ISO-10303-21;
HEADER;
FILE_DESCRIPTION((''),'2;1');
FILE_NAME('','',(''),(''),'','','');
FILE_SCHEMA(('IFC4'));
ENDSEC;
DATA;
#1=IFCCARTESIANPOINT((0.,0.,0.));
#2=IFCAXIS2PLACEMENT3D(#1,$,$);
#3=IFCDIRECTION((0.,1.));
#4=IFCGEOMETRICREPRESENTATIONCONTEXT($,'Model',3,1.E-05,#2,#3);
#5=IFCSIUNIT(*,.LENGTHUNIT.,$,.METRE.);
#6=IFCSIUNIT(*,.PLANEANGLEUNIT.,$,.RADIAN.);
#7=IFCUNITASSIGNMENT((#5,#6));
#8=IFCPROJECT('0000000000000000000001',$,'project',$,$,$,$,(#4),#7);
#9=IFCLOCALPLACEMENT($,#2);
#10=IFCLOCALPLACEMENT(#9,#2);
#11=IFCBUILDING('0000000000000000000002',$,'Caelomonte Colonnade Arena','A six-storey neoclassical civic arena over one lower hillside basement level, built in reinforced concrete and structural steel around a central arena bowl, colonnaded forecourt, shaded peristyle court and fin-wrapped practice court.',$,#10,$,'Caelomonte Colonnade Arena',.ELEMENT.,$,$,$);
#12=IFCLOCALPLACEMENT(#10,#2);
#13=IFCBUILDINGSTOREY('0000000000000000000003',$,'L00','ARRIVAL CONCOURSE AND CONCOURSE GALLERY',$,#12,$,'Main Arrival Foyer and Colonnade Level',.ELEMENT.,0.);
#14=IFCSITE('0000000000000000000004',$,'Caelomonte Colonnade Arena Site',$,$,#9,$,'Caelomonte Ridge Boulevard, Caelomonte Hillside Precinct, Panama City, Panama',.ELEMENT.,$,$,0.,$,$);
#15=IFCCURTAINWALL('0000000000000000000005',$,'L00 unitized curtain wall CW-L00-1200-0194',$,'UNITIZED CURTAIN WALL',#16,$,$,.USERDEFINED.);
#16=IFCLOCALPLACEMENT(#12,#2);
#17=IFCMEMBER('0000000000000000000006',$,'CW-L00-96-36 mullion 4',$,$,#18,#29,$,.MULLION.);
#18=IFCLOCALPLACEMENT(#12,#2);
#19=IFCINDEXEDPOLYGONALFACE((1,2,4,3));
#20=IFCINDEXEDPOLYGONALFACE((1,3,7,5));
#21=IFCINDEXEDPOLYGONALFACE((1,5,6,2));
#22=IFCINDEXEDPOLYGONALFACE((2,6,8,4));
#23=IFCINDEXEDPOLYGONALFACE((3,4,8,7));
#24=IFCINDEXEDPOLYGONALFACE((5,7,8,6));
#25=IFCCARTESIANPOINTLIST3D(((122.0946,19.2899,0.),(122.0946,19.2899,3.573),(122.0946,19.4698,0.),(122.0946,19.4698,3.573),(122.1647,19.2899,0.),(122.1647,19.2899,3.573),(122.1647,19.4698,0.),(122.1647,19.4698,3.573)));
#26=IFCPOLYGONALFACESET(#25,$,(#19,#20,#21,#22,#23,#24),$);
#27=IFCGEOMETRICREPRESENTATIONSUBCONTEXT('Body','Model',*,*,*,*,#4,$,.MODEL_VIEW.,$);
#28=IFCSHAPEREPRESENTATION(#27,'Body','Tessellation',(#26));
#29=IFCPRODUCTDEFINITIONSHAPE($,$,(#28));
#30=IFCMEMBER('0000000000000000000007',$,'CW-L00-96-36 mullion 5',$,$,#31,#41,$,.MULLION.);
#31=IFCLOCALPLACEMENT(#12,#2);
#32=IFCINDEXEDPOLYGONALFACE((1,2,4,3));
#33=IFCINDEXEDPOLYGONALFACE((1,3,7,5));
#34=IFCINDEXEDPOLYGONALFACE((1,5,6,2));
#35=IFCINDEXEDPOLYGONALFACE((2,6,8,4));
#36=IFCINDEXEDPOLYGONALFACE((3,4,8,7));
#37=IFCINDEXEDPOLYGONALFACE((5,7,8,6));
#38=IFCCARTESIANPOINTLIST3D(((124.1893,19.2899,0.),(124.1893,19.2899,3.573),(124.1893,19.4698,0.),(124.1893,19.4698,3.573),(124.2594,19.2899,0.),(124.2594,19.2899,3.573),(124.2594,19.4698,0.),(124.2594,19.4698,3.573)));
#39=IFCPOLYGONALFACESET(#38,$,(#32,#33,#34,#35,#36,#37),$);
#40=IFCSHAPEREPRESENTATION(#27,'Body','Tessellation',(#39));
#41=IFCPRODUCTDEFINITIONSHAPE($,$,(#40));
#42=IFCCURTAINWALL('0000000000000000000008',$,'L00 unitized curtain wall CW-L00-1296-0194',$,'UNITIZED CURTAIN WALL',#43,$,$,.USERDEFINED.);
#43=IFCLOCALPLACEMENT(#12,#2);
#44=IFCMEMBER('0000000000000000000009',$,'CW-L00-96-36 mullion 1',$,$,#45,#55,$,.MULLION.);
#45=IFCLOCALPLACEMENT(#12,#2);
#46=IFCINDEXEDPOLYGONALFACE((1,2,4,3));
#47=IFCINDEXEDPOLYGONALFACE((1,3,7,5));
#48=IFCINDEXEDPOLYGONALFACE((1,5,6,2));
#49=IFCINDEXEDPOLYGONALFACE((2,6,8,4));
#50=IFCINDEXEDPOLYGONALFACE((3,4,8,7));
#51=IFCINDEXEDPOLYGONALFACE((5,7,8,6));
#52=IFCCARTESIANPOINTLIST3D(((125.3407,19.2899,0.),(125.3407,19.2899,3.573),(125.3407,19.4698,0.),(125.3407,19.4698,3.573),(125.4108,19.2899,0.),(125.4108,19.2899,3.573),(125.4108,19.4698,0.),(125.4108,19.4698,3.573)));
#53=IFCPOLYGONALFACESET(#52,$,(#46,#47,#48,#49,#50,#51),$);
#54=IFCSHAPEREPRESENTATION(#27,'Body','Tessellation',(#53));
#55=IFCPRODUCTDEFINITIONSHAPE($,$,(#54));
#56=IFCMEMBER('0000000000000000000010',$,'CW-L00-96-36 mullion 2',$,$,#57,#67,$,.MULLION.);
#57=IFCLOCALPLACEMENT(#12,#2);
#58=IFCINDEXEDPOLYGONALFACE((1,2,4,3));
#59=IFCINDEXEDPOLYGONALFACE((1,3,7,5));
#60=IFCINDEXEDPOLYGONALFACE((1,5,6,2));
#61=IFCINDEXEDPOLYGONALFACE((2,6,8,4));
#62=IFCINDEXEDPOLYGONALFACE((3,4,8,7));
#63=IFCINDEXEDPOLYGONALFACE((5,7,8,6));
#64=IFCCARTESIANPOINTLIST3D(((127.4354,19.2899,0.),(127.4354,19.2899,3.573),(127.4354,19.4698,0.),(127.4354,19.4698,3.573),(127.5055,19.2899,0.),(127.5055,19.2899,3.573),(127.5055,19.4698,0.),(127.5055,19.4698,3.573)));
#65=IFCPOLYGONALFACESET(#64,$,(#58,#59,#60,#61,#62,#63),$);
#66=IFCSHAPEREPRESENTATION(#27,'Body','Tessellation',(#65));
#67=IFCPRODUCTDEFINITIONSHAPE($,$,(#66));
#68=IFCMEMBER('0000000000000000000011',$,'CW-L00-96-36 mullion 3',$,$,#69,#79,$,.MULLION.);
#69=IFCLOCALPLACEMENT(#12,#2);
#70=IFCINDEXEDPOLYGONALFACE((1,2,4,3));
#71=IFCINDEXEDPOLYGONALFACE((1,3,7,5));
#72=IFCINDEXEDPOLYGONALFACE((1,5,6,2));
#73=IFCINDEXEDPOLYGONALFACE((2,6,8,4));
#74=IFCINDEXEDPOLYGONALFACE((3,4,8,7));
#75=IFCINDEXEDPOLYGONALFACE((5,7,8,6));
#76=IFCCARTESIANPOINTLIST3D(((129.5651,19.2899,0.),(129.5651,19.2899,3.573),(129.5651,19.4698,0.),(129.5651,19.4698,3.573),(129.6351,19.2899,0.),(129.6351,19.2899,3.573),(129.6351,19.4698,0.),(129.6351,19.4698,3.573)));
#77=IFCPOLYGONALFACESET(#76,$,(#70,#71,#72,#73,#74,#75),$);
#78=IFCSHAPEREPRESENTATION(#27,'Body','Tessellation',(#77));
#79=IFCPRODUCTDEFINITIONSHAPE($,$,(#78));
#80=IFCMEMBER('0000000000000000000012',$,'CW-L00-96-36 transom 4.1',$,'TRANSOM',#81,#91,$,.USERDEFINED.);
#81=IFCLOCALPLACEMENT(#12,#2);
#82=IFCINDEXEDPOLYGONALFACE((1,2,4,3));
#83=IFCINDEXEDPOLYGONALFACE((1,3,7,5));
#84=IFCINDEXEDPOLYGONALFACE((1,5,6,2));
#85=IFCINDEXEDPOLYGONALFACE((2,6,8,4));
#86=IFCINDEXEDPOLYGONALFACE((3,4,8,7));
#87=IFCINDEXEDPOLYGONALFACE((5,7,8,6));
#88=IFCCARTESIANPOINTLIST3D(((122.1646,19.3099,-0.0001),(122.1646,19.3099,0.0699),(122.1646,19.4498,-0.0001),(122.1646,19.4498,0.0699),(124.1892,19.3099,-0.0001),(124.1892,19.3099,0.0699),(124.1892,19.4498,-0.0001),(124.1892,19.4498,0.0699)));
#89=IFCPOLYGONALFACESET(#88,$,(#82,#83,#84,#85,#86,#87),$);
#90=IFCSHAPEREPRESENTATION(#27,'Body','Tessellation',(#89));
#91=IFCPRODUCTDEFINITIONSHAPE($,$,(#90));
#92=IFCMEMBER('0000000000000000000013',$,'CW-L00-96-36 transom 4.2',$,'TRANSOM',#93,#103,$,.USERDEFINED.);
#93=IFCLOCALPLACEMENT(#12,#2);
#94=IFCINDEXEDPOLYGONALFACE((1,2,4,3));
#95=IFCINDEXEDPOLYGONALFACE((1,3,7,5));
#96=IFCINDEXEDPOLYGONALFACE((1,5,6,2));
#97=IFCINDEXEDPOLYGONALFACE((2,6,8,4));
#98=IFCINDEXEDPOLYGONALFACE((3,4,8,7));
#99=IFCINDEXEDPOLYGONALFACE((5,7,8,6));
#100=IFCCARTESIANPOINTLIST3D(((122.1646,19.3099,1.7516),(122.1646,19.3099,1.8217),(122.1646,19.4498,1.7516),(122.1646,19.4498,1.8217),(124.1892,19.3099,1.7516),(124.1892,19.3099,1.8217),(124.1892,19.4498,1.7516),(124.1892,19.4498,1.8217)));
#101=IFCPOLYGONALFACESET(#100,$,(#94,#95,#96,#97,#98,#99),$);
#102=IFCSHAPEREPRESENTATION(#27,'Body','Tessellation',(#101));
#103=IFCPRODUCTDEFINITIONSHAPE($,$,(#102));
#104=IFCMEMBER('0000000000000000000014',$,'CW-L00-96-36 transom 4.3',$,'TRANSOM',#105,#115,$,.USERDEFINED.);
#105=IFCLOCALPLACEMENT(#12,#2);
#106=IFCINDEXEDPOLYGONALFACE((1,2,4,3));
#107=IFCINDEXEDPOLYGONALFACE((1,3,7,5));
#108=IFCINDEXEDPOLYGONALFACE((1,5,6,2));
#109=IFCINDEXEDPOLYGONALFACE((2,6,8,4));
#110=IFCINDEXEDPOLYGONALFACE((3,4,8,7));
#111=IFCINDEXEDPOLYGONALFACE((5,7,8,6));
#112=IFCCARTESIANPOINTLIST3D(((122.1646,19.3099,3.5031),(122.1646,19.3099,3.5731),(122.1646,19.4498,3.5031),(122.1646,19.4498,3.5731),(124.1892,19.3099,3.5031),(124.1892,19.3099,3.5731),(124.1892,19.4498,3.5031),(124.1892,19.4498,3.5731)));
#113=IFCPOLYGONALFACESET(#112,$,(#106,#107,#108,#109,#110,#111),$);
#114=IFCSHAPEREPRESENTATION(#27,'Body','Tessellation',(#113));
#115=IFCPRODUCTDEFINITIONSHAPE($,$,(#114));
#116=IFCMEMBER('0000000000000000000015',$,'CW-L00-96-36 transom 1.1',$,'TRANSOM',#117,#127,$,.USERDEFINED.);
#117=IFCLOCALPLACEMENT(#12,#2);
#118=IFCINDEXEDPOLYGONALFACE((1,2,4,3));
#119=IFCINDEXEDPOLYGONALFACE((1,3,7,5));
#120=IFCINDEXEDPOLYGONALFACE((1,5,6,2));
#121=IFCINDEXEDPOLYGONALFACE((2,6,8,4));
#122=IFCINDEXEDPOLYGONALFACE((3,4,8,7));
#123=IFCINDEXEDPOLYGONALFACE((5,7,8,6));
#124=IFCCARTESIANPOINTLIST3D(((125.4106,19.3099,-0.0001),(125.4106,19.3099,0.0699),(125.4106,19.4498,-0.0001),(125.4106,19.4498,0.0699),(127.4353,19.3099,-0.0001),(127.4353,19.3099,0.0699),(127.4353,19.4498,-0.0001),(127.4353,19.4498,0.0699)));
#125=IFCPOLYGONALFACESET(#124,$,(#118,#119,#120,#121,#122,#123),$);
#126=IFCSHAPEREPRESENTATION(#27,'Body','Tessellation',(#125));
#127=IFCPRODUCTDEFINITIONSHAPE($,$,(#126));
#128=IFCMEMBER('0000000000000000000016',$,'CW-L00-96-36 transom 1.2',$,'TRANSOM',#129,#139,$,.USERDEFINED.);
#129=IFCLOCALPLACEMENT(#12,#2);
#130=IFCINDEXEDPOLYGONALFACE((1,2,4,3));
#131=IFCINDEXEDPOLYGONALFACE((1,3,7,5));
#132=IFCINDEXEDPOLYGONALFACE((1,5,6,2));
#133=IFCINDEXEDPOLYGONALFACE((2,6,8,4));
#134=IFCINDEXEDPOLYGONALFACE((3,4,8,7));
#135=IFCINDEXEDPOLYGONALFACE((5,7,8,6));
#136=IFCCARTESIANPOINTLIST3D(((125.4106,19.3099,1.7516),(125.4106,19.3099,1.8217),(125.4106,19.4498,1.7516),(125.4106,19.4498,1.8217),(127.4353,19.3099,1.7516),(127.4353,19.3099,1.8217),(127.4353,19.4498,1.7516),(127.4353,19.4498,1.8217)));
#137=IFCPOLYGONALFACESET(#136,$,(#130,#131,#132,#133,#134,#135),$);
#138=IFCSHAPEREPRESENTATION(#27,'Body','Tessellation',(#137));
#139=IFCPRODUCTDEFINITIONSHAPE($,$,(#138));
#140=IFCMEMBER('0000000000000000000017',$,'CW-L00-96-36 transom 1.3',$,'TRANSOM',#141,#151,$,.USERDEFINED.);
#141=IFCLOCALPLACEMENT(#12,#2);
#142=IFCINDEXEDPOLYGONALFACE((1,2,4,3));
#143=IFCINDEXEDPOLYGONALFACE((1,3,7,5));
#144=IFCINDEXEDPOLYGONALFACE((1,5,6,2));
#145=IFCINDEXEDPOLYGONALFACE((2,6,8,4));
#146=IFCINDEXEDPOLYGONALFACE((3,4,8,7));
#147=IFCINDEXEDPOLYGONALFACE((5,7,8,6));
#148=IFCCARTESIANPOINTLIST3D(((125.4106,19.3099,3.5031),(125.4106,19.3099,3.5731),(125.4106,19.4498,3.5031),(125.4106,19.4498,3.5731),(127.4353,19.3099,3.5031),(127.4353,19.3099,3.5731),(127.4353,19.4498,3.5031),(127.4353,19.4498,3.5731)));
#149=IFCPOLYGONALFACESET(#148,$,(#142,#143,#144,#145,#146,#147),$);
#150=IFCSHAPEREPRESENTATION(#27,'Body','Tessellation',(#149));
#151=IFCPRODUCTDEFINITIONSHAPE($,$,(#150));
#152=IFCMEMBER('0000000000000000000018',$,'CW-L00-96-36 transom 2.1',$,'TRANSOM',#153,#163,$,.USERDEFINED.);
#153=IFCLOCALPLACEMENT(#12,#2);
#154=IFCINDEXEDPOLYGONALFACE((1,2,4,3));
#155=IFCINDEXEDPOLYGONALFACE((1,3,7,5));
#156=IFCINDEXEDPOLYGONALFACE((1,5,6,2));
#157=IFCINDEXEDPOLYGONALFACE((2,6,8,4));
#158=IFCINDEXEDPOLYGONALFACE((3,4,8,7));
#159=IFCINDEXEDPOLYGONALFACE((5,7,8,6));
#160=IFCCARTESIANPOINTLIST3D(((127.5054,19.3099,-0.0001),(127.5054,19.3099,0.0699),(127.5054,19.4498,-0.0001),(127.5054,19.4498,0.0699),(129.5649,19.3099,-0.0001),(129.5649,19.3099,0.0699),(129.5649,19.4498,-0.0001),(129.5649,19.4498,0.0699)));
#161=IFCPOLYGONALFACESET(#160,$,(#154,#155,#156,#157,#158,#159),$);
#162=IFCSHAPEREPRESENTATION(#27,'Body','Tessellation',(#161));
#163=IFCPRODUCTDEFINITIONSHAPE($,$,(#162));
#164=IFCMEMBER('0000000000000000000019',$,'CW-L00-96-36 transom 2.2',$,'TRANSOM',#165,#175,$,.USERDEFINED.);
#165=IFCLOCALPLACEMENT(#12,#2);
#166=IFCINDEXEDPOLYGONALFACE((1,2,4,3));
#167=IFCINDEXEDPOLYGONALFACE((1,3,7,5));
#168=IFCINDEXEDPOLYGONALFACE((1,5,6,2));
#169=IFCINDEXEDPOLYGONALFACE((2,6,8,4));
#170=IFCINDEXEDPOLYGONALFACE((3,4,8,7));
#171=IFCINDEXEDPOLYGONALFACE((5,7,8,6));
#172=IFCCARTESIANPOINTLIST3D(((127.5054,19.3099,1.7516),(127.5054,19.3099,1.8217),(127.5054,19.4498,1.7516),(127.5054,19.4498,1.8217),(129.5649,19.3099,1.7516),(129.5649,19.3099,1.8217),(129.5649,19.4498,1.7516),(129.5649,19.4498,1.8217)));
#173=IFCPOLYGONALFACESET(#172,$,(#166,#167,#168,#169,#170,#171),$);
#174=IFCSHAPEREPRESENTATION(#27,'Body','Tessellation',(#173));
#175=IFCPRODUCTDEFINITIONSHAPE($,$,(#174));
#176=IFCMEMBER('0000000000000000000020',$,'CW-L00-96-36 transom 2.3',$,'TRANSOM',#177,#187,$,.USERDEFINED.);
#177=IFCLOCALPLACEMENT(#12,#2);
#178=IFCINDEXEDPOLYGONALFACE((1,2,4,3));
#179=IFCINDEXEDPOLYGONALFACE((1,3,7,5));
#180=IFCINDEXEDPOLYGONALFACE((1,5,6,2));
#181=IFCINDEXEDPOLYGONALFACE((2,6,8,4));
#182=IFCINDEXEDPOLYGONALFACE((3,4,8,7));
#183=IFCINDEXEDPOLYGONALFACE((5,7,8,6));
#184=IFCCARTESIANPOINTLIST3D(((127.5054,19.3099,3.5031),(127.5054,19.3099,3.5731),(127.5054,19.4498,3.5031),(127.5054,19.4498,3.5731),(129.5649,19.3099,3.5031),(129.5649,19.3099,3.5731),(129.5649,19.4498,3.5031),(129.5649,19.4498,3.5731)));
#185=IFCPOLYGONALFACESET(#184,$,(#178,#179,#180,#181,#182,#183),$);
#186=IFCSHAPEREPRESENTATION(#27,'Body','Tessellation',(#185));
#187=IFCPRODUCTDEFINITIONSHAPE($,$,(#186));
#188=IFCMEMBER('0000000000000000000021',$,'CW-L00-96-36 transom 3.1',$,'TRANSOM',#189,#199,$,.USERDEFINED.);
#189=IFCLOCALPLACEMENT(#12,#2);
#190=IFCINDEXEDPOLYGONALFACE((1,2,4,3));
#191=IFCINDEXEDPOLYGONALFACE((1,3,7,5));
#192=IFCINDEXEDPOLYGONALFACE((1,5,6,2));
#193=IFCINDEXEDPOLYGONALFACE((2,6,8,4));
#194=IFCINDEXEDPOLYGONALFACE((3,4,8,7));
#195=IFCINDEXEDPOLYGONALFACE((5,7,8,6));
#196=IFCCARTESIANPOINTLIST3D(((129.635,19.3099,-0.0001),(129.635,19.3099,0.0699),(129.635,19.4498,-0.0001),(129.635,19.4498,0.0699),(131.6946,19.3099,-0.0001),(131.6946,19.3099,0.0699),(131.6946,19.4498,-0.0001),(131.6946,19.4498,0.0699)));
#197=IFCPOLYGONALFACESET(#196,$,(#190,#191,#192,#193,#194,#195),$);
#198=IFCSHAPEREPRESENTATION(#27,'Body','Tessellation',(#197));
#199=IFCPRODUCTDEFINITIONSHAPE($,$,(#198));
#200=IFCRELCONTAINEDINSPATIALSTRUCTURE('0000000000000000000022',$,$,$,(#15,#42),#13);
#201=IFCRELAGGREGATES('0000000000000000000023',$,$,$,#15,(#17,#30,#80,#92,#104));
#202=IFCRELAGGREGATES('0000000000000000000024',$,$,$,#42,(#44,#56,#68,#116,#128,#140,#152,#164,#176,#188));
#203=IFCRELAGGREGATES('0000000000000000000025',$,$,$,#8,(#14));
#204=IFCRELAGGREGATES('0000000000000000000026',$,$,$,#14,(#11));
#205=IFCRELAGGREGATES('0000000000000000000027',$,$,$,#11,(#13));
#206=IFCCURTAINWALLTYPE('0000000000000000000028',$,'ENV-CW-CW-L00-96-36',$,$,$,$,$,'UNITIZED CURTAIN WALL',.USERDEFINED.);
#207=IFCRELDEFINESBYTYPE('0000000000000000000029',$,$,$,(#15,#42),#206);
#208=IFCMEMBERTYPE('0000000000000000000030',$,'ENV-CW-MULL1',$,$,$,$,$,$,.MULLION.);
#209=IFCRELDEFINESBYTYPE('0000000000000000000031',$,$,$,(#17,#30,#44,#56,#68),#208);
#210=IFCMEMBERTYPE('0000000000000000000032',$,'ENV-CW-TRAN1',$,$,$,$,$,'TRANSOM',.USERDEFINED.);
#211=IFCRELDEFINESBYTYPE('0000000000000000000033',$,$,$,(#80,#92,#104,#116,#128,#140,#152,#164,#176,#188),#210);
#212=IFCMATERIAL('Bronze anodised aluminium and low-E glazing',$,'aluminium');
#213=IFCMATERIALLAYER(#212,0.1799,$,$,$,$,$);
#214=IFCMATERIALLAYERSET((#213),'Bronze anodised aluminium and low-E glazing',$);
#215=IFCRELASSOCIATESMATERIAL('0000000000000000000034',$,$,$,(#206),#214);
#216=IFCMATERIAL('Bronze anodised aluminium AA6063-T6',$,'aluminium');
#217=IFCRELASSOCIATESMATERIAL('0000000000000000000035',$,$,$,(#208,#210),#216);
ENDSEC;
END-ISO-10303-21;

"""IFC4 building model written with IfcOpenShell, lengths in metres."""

from ifc_helpers import new_model, si_unit, direction, frame, origin, origin_2d, place, context, subcontext, project, spatial, rectangle, extrude, material, layer, layer_set, material_profile, profile_set, type_object, element, aggregate, save


model = new_model("IFC4")

# Units and contexts
model_context = context("Model", 3, precision=1e-05, world=origin(), true_north=direction((0.0, 1.0)))
body_context = subcontext(model_context, "Body", "Model", "MODEL_VIEW")
ifc_project = project(units=[si_unit("LENGTHUNIT", "METRE"), si_unit("PLANEANGLEUNIT", "RADIAN")], contexts=[model_context])

# Site, building, storey
site_placement = place(None, origin())
site = spatial("IfcSite", under=ifc_project, at=site_placement, Name="Caelomonte Colonnade Arena Site", LongName="Caelomonte Ridge Boulevard, Caelomonte Hillside Precinct, Panama City, Panama", CompositionType="ELEMENT", RefElevation=0.0)
building_placement = place(site_placement, origin())
building = spatial("IfcBuilding", under=site, at=building_placement, Name="Caelomonte Colonnade Arena", Description="A six-storey neoclassical civic arena over one lower hillside basement level, built in reinforced concrete and structural steel around a central arena bowl, colonnaded forecourt, shaded peristyle court and fin-wrapped practice court.", LongName="Caelomonte Colonnade Arena", CompositionType="ELEMENT")
storey_placement = place(building_placement, origin())
storey = spatial("IfcBuildingStorey", under=building, at=storey_placement, Name="L00", Description="ARRIVAL CONCOURSE AND CONCOURSE GALLERY", LongName="Main Arrival Foyer and Colonnade Level", CompositionType="ELEMENT", Elevation=0.0)

# Curtain walls, members
ifc_material_1 = material(Name="Bronze anodised aluminium and low-E glazing", Category="aluminium")
ifc_layer_1 = layer(ifc_material_1, 0.1799)
ifc_layer_set_1 = layer_set([ifc_layer_1], Name="Bronze anodised aluminium and low-E glazing")
curtain_wall_type = type_object("IfcCurtainWallType", Name="ENV-CW-CW-L00-96-36", ElementType="UNITIZED CURTAIN WALL", PredefinedType="USERDEFINED", material=ifc_layer_set_1)
curtain_wall_1_placement = place(storey_placement, origin())
curtain_wall_1 = element("IfcCurtainWall", 1, at=curtain_wall_1_placement, inside=storey, type_object=curtain_wall_type, Name="L00 unitized curtain wall CW-L00-1200-0194", ObjectType="UNITIZED CURTAIN WALL", PredefinedType="USERDEFINED")
ifc_material_2 = material(Name="Bronze anodised aluminium AA6063-T6", Category="aluminium")
ifc_material_profile_1 = material_profile(ifc_material_2, rectangle(XDim=0.0701, YDim=0.1799, at=origin_2d()), Name="CWM-70X180")
ifc_profile_set_1 = profile_set([ifc_material_profile_1], Name="Bronze anodised aluminium AA6063-T6")
member_type_1 = type_object("IfcMemberType", Name="ENV-CW-MULL1", PredefinedType="MULLION", material=ifc_profile_set_1)
member_1_placement = place(storey_placement, frame((122.1296, 19.3799, 0.0), z_axis=(0.0, 0.0, 1.0), x_axis=(1.0, 0.0, 0.0)))
member_1 = element("IfcMember", 2, at=member_1_placement, type_object=member_type_1, Name="CW-L00-96-36 mullion 4", PredefinedType="MULLION", context=body_context, shape_type="SweptSolid", body=[
    extrude(rectangle(XDim=0.0701, YDim=0.1799, at=origin_2d()), origin(), (0.0, 0.0, 1.0), 3.573),
])
member_2_placement = place(storey_placement, frame((124.2244, 19.3799, 0.0), z_axis=(0.0, 0.0, 1.0), x_axis=(1.0, 0.0, 0.0)))
member_2 = element("IfcMember", 3, at=member_2_placement, type_object=member_type_1, Name="CW-L00-96-36 mullion 5", PredefinedType="MULLION", context=body_context, shape_type="SweptSolid", body=[
    extrude(rectangle(XDim=0.0701, YDim=0.1799, at=origin_2d()), origin(), (0.0, 0.0, 1.0), 3.573),
])
curtain_wall_2_placement = place(storey_placement, origin())
curtain_wall_2 = element("IfcCurtainWall", 4, at=curtain_wall_2_placement, inside=storey, type_object=curtain_wall_type, Name="L00 unitized curtain wall CW-L00-1296-0194", ObjectType="UNITIZED CURTAIN WALL", PredefinedType="USERDEFINED")
member_3_placement = place(storey_placement, frame((125.3757, 19.3799, 0.0), z_axis=(0.0, 0.0, 1.0), x_axis=(1.0, 0.0, 0.0)))
member_3 = element("IfcMember", 5, at=member_3_placement, type_object=member_type_1, Name="CW-L00-96-36 mullion 1", PredefinedType="MULLION", context=body_context, shape_type="SweptSolid", body=[
    extrude(rectangle(XDim=0.0701, YDim=0.1799, at=origin_2d()), origin(), (0.0, 0.0, 1.0), 3.573),
])
member_4_placement = place(storey_placement, frame((127.4705, 19.3799, 0.0), z_axis=(0.0, 0.0, 1.0), x_axis=(1.0, 0.0, 0.0)))
member_4 = element("IfcMember", 6, at=member_4_placement, type_object=member_type_1, Name="CW-L00-96-36 mullion 2", PredefinedType="MULLION", context=body_context, shape_type="SweptSolid", body=[
    extrude(rectangle(XDim=0.0701, YDim=0.1799, at=origin_2d()), origin(), (0.0, 0.0, 1.0), 3.573),
])
member_5_placement = place(storey_placement, frame((129.6001, 19.3799, 0.0), z_axis=(0.0, 0.0, 1.0), x_axis=(1.0, 0.0, 0.0)))
member_5 = element("IfcMember", 7, at=member_5_placement, type_object=member_type_1, Name="CW-L00-96-36 mullion 3", PredefinedType="MULLION", context=body_context, shape_type="SweptSolid", body=[
    extrude(rectangle(XDim=0.0701, YDim=0.1799, at=origin_2d()), origin(), (0.0, 0.0, 1.0), 3.573),
])

# Members
ifc_material_profile_2 = material_profile(ifc_material_2, rectangle(XDim=0.0701, YDim=0.1399, at=origin_2d()), Name="CWT-70X140")
ifc_profile_set_2 = profile_set([ifc_material_profile_2], Name="Bronze anodised aluminium AA6063-T6")
member_type_2 = type_object("IfcMemberType", Name="ENV-CW-TRAN1", ElementType="TRANSOM", PredefinedType="USERDEFINED", material=ifc_profile_set_2)
member_6_placement = place(storey_placement, frame((122.1646, 19.3799, 0.0349), z_axis=(1.0, 0.0, 0.0), x_axis=(0.0, 0.0, 1.0)))
member_6 = element("IfcMember", 8, at=member_6_placement, type_object=member_type_2, Name="CW-L00-96-36 transom 4.1", ObjectType="TRANSOM", PredefinedType="USERDEFINED", context=body_context, shape_type="SweptSolid", body=[
    extrude(rectangle(XDim=0.0701, YDim=0.1399, at=origin_2d()), origin(), (0.0, 0.0, 1.0), 2.0247),
])
member_7_placement = place(storey_placement, frame((122.1646, 19.3799, 1.7866), z_axis=(1.0, 0.0, 0.0), x_axis=(0.0, 0.0, 1.0)))
member_7 = element("IfcMember", 9, at=member_7_placement, type_object=member_type_2, Name="CW-L00-96-36 transom 4.2", ObjectType="TRANSOM", PredefinedType="USERDEFINED", context=body_context, shape_type="SweptSolid", body=[
    extrude(rectangle(XDim=0.0701, YDim=0.1399, at=origin_2d()), origin(), (0.0, 0.0, 1.0), 2.0247),
])
member_8_placement = place(storey_placement, frame((122.1646, 19.3799, 3.5381), z_axis=(1.0, 0.0, 0.0), x_axis=(0.0, 0.0, 1.0)))
member_8 = element("IfcMember", 10, at=member_8_placement, type_object=member_type_2, Name="CW-L00-96-36 transom 4.3", ObjectType="TRANSOM", PredefinedType="USERDEFINED", context=body_context, shape_type="SweptSolid", body=[
    extrude(rectangle(XDim=0.0701, YDim=0.1399, at=origin_2d()), origin(), (0.0, 0.0, 1.0), 2.0247),
])
member_9_placement = place(storey_placement, frame((125.4106, 19.3799, 0.0349), z_axis=(1.0, 0.0, 0.0), x_axis=(0.0, 0.0, 1.0)))
member_9 = element("IfcMember", 11, at=member_9_placement, type_object=member_type_2, Name="CW-L00-96-36 transom 1.1", ObjectType="TRANSOM", PredefinedType="USERDEFINED", context=body_context, shape_type="SweptSolid", body=[
    extrude(rectangle(XDim=0.0701, YDim=0.1399, at=origin_2d()), origin(), (0.0, 0.0, 1.0), 2.0247),
])
member_10_placement = place(storey_placement, frame((125.4106, 19.3799, 1.7866), z_axis=(1.0, 0.0, 0.0), x_axis=(0.0, 0.0, 1.0)))
member_10 = element("IfcMember", 12, at=member_10_placement, type_object=member_type_2, Name="CW-L00-96-36 transom 1.2", ObjectType="TRANSOM", PredefinedType="USERDEFINED", context=body_context, shape_type="SweptSolid", body=[
    extrude(rectangle(XDim=0.0701, YDim=0.1399, at=origin_2d()), origin(), (0.0, 0.0, 1.0), 2.0247),
])
member_11_placement = place(storey_placement, frame((125.4106, 19.3799, 3.5381), z_axis=(1.0, 0.0, 0.0), x_axis=(0.0, 0.0, 1.0)))
member_11 = element("IfcMember", 13, at=member_11_placement, type_object=member_type_2, Name="CW-L00-96-36 transom 1.3", ObjectType="TRANSOM", PredefinedType="USERDEFINED", context=body_context, shape_type="SweptSolid", body=[
    extrude(rectangle(XDim=0.0701, YDim=0.1399, at=origin_2d()), origin(), (0.0, 0.0, 1.0), 2.0247),
])
member_12_placement = place(storey_placement, frame((127.5054, 19.3799, 0.0349), z_axis=(1.0, 0.0, 0.0), x_axis=(0.0, 0.0, 1.0)))
member_12 = element("IfcMember", 14, at=member_12_placement, type_object=member_type_2, Name="CW-L00-96-36 transom 2.1", ObjectType="TRANSOM", PredefinedType="USERDEFINED", context=body_context, shape_type="SweptSolid", body=[
    extrude(rectangle(XDim=0.0701, YDim=0.1399, at=origin_2d()), origin(), (0.0, 0.0, 1.0), 2.0596),
])
member_13_placement = place(storey_placement, frame((127.5054, 19.3799, 1.7866), z_axis=(1.0, 0.0, 0.0), x_axis=(0.0, 0.0, 1.0)))
member_13 = element("IfcMember", 15, at=member_13_placement, type_object=member_type_2, Name="CW-L00-96-36 transom 2.2", ObjectType="TRANSOM", PredefinedType="USERDEFINED", context=body_context, shape_type="SweptSolid", body=[
    extrude(rectangle(XDim=0.0701, YDim=0.1399, at=origin_2d()), origin(), (0.0, 0.0, 1.0), 2.0596),
])
member_14_placement = place(storey_placement, frame((127.5054, 19.3799, 3.5381), z_axis=(1.0, 0.0, 0.0), x_axis=(0.0, 0.0, 1.0)))
member_14 = element("IfcMember", 16, at=member_14_placement, type_object=member_type_2, Name="CW-L00-96-36 transom 2.3", ObjectType="TRANSOM", PredefinedType="USERDEFINED", context=body_context, shape_type="SweptSolid", body=[
    extrude(rectangle(XDim=0.0701, YDim=0.1399, at=origin_2d()), origin(), (0.0, 0.0, 1.0), 2.0596),
])
member_15_placement = place(storey_placement, frame((129.635, 19.3799, 0.0349), z_axis=(1.0, 0.0, 0.0), x_axis=(0.0, 0.0, 1.0)))
member_15 = element("IfcMember", 17, at=member_15_placement, type_object=member_type_2, Name="CW-L00-96-36 transom 3.1", ObjectType="TRANSOM", PredefinedType="USERDEFINED", context=body_context, shape_type="SweptSolid", body=[
    extrude(rectangle(XDim=0.0701, YDim=0.1399, at=origin_2d()), origin(), (0.0, 0.0, 1.0), 2.0596),
])

aggregate(curtain_wall_1, [member_1, member_2, member_6, member_7, member_8])
aggregate(curtain_wall_2, [member_3, member_4, member_5, member_9, member_10, member_11, member_12, member_13, member_14, member_15])

save(model, "model.ifc")
